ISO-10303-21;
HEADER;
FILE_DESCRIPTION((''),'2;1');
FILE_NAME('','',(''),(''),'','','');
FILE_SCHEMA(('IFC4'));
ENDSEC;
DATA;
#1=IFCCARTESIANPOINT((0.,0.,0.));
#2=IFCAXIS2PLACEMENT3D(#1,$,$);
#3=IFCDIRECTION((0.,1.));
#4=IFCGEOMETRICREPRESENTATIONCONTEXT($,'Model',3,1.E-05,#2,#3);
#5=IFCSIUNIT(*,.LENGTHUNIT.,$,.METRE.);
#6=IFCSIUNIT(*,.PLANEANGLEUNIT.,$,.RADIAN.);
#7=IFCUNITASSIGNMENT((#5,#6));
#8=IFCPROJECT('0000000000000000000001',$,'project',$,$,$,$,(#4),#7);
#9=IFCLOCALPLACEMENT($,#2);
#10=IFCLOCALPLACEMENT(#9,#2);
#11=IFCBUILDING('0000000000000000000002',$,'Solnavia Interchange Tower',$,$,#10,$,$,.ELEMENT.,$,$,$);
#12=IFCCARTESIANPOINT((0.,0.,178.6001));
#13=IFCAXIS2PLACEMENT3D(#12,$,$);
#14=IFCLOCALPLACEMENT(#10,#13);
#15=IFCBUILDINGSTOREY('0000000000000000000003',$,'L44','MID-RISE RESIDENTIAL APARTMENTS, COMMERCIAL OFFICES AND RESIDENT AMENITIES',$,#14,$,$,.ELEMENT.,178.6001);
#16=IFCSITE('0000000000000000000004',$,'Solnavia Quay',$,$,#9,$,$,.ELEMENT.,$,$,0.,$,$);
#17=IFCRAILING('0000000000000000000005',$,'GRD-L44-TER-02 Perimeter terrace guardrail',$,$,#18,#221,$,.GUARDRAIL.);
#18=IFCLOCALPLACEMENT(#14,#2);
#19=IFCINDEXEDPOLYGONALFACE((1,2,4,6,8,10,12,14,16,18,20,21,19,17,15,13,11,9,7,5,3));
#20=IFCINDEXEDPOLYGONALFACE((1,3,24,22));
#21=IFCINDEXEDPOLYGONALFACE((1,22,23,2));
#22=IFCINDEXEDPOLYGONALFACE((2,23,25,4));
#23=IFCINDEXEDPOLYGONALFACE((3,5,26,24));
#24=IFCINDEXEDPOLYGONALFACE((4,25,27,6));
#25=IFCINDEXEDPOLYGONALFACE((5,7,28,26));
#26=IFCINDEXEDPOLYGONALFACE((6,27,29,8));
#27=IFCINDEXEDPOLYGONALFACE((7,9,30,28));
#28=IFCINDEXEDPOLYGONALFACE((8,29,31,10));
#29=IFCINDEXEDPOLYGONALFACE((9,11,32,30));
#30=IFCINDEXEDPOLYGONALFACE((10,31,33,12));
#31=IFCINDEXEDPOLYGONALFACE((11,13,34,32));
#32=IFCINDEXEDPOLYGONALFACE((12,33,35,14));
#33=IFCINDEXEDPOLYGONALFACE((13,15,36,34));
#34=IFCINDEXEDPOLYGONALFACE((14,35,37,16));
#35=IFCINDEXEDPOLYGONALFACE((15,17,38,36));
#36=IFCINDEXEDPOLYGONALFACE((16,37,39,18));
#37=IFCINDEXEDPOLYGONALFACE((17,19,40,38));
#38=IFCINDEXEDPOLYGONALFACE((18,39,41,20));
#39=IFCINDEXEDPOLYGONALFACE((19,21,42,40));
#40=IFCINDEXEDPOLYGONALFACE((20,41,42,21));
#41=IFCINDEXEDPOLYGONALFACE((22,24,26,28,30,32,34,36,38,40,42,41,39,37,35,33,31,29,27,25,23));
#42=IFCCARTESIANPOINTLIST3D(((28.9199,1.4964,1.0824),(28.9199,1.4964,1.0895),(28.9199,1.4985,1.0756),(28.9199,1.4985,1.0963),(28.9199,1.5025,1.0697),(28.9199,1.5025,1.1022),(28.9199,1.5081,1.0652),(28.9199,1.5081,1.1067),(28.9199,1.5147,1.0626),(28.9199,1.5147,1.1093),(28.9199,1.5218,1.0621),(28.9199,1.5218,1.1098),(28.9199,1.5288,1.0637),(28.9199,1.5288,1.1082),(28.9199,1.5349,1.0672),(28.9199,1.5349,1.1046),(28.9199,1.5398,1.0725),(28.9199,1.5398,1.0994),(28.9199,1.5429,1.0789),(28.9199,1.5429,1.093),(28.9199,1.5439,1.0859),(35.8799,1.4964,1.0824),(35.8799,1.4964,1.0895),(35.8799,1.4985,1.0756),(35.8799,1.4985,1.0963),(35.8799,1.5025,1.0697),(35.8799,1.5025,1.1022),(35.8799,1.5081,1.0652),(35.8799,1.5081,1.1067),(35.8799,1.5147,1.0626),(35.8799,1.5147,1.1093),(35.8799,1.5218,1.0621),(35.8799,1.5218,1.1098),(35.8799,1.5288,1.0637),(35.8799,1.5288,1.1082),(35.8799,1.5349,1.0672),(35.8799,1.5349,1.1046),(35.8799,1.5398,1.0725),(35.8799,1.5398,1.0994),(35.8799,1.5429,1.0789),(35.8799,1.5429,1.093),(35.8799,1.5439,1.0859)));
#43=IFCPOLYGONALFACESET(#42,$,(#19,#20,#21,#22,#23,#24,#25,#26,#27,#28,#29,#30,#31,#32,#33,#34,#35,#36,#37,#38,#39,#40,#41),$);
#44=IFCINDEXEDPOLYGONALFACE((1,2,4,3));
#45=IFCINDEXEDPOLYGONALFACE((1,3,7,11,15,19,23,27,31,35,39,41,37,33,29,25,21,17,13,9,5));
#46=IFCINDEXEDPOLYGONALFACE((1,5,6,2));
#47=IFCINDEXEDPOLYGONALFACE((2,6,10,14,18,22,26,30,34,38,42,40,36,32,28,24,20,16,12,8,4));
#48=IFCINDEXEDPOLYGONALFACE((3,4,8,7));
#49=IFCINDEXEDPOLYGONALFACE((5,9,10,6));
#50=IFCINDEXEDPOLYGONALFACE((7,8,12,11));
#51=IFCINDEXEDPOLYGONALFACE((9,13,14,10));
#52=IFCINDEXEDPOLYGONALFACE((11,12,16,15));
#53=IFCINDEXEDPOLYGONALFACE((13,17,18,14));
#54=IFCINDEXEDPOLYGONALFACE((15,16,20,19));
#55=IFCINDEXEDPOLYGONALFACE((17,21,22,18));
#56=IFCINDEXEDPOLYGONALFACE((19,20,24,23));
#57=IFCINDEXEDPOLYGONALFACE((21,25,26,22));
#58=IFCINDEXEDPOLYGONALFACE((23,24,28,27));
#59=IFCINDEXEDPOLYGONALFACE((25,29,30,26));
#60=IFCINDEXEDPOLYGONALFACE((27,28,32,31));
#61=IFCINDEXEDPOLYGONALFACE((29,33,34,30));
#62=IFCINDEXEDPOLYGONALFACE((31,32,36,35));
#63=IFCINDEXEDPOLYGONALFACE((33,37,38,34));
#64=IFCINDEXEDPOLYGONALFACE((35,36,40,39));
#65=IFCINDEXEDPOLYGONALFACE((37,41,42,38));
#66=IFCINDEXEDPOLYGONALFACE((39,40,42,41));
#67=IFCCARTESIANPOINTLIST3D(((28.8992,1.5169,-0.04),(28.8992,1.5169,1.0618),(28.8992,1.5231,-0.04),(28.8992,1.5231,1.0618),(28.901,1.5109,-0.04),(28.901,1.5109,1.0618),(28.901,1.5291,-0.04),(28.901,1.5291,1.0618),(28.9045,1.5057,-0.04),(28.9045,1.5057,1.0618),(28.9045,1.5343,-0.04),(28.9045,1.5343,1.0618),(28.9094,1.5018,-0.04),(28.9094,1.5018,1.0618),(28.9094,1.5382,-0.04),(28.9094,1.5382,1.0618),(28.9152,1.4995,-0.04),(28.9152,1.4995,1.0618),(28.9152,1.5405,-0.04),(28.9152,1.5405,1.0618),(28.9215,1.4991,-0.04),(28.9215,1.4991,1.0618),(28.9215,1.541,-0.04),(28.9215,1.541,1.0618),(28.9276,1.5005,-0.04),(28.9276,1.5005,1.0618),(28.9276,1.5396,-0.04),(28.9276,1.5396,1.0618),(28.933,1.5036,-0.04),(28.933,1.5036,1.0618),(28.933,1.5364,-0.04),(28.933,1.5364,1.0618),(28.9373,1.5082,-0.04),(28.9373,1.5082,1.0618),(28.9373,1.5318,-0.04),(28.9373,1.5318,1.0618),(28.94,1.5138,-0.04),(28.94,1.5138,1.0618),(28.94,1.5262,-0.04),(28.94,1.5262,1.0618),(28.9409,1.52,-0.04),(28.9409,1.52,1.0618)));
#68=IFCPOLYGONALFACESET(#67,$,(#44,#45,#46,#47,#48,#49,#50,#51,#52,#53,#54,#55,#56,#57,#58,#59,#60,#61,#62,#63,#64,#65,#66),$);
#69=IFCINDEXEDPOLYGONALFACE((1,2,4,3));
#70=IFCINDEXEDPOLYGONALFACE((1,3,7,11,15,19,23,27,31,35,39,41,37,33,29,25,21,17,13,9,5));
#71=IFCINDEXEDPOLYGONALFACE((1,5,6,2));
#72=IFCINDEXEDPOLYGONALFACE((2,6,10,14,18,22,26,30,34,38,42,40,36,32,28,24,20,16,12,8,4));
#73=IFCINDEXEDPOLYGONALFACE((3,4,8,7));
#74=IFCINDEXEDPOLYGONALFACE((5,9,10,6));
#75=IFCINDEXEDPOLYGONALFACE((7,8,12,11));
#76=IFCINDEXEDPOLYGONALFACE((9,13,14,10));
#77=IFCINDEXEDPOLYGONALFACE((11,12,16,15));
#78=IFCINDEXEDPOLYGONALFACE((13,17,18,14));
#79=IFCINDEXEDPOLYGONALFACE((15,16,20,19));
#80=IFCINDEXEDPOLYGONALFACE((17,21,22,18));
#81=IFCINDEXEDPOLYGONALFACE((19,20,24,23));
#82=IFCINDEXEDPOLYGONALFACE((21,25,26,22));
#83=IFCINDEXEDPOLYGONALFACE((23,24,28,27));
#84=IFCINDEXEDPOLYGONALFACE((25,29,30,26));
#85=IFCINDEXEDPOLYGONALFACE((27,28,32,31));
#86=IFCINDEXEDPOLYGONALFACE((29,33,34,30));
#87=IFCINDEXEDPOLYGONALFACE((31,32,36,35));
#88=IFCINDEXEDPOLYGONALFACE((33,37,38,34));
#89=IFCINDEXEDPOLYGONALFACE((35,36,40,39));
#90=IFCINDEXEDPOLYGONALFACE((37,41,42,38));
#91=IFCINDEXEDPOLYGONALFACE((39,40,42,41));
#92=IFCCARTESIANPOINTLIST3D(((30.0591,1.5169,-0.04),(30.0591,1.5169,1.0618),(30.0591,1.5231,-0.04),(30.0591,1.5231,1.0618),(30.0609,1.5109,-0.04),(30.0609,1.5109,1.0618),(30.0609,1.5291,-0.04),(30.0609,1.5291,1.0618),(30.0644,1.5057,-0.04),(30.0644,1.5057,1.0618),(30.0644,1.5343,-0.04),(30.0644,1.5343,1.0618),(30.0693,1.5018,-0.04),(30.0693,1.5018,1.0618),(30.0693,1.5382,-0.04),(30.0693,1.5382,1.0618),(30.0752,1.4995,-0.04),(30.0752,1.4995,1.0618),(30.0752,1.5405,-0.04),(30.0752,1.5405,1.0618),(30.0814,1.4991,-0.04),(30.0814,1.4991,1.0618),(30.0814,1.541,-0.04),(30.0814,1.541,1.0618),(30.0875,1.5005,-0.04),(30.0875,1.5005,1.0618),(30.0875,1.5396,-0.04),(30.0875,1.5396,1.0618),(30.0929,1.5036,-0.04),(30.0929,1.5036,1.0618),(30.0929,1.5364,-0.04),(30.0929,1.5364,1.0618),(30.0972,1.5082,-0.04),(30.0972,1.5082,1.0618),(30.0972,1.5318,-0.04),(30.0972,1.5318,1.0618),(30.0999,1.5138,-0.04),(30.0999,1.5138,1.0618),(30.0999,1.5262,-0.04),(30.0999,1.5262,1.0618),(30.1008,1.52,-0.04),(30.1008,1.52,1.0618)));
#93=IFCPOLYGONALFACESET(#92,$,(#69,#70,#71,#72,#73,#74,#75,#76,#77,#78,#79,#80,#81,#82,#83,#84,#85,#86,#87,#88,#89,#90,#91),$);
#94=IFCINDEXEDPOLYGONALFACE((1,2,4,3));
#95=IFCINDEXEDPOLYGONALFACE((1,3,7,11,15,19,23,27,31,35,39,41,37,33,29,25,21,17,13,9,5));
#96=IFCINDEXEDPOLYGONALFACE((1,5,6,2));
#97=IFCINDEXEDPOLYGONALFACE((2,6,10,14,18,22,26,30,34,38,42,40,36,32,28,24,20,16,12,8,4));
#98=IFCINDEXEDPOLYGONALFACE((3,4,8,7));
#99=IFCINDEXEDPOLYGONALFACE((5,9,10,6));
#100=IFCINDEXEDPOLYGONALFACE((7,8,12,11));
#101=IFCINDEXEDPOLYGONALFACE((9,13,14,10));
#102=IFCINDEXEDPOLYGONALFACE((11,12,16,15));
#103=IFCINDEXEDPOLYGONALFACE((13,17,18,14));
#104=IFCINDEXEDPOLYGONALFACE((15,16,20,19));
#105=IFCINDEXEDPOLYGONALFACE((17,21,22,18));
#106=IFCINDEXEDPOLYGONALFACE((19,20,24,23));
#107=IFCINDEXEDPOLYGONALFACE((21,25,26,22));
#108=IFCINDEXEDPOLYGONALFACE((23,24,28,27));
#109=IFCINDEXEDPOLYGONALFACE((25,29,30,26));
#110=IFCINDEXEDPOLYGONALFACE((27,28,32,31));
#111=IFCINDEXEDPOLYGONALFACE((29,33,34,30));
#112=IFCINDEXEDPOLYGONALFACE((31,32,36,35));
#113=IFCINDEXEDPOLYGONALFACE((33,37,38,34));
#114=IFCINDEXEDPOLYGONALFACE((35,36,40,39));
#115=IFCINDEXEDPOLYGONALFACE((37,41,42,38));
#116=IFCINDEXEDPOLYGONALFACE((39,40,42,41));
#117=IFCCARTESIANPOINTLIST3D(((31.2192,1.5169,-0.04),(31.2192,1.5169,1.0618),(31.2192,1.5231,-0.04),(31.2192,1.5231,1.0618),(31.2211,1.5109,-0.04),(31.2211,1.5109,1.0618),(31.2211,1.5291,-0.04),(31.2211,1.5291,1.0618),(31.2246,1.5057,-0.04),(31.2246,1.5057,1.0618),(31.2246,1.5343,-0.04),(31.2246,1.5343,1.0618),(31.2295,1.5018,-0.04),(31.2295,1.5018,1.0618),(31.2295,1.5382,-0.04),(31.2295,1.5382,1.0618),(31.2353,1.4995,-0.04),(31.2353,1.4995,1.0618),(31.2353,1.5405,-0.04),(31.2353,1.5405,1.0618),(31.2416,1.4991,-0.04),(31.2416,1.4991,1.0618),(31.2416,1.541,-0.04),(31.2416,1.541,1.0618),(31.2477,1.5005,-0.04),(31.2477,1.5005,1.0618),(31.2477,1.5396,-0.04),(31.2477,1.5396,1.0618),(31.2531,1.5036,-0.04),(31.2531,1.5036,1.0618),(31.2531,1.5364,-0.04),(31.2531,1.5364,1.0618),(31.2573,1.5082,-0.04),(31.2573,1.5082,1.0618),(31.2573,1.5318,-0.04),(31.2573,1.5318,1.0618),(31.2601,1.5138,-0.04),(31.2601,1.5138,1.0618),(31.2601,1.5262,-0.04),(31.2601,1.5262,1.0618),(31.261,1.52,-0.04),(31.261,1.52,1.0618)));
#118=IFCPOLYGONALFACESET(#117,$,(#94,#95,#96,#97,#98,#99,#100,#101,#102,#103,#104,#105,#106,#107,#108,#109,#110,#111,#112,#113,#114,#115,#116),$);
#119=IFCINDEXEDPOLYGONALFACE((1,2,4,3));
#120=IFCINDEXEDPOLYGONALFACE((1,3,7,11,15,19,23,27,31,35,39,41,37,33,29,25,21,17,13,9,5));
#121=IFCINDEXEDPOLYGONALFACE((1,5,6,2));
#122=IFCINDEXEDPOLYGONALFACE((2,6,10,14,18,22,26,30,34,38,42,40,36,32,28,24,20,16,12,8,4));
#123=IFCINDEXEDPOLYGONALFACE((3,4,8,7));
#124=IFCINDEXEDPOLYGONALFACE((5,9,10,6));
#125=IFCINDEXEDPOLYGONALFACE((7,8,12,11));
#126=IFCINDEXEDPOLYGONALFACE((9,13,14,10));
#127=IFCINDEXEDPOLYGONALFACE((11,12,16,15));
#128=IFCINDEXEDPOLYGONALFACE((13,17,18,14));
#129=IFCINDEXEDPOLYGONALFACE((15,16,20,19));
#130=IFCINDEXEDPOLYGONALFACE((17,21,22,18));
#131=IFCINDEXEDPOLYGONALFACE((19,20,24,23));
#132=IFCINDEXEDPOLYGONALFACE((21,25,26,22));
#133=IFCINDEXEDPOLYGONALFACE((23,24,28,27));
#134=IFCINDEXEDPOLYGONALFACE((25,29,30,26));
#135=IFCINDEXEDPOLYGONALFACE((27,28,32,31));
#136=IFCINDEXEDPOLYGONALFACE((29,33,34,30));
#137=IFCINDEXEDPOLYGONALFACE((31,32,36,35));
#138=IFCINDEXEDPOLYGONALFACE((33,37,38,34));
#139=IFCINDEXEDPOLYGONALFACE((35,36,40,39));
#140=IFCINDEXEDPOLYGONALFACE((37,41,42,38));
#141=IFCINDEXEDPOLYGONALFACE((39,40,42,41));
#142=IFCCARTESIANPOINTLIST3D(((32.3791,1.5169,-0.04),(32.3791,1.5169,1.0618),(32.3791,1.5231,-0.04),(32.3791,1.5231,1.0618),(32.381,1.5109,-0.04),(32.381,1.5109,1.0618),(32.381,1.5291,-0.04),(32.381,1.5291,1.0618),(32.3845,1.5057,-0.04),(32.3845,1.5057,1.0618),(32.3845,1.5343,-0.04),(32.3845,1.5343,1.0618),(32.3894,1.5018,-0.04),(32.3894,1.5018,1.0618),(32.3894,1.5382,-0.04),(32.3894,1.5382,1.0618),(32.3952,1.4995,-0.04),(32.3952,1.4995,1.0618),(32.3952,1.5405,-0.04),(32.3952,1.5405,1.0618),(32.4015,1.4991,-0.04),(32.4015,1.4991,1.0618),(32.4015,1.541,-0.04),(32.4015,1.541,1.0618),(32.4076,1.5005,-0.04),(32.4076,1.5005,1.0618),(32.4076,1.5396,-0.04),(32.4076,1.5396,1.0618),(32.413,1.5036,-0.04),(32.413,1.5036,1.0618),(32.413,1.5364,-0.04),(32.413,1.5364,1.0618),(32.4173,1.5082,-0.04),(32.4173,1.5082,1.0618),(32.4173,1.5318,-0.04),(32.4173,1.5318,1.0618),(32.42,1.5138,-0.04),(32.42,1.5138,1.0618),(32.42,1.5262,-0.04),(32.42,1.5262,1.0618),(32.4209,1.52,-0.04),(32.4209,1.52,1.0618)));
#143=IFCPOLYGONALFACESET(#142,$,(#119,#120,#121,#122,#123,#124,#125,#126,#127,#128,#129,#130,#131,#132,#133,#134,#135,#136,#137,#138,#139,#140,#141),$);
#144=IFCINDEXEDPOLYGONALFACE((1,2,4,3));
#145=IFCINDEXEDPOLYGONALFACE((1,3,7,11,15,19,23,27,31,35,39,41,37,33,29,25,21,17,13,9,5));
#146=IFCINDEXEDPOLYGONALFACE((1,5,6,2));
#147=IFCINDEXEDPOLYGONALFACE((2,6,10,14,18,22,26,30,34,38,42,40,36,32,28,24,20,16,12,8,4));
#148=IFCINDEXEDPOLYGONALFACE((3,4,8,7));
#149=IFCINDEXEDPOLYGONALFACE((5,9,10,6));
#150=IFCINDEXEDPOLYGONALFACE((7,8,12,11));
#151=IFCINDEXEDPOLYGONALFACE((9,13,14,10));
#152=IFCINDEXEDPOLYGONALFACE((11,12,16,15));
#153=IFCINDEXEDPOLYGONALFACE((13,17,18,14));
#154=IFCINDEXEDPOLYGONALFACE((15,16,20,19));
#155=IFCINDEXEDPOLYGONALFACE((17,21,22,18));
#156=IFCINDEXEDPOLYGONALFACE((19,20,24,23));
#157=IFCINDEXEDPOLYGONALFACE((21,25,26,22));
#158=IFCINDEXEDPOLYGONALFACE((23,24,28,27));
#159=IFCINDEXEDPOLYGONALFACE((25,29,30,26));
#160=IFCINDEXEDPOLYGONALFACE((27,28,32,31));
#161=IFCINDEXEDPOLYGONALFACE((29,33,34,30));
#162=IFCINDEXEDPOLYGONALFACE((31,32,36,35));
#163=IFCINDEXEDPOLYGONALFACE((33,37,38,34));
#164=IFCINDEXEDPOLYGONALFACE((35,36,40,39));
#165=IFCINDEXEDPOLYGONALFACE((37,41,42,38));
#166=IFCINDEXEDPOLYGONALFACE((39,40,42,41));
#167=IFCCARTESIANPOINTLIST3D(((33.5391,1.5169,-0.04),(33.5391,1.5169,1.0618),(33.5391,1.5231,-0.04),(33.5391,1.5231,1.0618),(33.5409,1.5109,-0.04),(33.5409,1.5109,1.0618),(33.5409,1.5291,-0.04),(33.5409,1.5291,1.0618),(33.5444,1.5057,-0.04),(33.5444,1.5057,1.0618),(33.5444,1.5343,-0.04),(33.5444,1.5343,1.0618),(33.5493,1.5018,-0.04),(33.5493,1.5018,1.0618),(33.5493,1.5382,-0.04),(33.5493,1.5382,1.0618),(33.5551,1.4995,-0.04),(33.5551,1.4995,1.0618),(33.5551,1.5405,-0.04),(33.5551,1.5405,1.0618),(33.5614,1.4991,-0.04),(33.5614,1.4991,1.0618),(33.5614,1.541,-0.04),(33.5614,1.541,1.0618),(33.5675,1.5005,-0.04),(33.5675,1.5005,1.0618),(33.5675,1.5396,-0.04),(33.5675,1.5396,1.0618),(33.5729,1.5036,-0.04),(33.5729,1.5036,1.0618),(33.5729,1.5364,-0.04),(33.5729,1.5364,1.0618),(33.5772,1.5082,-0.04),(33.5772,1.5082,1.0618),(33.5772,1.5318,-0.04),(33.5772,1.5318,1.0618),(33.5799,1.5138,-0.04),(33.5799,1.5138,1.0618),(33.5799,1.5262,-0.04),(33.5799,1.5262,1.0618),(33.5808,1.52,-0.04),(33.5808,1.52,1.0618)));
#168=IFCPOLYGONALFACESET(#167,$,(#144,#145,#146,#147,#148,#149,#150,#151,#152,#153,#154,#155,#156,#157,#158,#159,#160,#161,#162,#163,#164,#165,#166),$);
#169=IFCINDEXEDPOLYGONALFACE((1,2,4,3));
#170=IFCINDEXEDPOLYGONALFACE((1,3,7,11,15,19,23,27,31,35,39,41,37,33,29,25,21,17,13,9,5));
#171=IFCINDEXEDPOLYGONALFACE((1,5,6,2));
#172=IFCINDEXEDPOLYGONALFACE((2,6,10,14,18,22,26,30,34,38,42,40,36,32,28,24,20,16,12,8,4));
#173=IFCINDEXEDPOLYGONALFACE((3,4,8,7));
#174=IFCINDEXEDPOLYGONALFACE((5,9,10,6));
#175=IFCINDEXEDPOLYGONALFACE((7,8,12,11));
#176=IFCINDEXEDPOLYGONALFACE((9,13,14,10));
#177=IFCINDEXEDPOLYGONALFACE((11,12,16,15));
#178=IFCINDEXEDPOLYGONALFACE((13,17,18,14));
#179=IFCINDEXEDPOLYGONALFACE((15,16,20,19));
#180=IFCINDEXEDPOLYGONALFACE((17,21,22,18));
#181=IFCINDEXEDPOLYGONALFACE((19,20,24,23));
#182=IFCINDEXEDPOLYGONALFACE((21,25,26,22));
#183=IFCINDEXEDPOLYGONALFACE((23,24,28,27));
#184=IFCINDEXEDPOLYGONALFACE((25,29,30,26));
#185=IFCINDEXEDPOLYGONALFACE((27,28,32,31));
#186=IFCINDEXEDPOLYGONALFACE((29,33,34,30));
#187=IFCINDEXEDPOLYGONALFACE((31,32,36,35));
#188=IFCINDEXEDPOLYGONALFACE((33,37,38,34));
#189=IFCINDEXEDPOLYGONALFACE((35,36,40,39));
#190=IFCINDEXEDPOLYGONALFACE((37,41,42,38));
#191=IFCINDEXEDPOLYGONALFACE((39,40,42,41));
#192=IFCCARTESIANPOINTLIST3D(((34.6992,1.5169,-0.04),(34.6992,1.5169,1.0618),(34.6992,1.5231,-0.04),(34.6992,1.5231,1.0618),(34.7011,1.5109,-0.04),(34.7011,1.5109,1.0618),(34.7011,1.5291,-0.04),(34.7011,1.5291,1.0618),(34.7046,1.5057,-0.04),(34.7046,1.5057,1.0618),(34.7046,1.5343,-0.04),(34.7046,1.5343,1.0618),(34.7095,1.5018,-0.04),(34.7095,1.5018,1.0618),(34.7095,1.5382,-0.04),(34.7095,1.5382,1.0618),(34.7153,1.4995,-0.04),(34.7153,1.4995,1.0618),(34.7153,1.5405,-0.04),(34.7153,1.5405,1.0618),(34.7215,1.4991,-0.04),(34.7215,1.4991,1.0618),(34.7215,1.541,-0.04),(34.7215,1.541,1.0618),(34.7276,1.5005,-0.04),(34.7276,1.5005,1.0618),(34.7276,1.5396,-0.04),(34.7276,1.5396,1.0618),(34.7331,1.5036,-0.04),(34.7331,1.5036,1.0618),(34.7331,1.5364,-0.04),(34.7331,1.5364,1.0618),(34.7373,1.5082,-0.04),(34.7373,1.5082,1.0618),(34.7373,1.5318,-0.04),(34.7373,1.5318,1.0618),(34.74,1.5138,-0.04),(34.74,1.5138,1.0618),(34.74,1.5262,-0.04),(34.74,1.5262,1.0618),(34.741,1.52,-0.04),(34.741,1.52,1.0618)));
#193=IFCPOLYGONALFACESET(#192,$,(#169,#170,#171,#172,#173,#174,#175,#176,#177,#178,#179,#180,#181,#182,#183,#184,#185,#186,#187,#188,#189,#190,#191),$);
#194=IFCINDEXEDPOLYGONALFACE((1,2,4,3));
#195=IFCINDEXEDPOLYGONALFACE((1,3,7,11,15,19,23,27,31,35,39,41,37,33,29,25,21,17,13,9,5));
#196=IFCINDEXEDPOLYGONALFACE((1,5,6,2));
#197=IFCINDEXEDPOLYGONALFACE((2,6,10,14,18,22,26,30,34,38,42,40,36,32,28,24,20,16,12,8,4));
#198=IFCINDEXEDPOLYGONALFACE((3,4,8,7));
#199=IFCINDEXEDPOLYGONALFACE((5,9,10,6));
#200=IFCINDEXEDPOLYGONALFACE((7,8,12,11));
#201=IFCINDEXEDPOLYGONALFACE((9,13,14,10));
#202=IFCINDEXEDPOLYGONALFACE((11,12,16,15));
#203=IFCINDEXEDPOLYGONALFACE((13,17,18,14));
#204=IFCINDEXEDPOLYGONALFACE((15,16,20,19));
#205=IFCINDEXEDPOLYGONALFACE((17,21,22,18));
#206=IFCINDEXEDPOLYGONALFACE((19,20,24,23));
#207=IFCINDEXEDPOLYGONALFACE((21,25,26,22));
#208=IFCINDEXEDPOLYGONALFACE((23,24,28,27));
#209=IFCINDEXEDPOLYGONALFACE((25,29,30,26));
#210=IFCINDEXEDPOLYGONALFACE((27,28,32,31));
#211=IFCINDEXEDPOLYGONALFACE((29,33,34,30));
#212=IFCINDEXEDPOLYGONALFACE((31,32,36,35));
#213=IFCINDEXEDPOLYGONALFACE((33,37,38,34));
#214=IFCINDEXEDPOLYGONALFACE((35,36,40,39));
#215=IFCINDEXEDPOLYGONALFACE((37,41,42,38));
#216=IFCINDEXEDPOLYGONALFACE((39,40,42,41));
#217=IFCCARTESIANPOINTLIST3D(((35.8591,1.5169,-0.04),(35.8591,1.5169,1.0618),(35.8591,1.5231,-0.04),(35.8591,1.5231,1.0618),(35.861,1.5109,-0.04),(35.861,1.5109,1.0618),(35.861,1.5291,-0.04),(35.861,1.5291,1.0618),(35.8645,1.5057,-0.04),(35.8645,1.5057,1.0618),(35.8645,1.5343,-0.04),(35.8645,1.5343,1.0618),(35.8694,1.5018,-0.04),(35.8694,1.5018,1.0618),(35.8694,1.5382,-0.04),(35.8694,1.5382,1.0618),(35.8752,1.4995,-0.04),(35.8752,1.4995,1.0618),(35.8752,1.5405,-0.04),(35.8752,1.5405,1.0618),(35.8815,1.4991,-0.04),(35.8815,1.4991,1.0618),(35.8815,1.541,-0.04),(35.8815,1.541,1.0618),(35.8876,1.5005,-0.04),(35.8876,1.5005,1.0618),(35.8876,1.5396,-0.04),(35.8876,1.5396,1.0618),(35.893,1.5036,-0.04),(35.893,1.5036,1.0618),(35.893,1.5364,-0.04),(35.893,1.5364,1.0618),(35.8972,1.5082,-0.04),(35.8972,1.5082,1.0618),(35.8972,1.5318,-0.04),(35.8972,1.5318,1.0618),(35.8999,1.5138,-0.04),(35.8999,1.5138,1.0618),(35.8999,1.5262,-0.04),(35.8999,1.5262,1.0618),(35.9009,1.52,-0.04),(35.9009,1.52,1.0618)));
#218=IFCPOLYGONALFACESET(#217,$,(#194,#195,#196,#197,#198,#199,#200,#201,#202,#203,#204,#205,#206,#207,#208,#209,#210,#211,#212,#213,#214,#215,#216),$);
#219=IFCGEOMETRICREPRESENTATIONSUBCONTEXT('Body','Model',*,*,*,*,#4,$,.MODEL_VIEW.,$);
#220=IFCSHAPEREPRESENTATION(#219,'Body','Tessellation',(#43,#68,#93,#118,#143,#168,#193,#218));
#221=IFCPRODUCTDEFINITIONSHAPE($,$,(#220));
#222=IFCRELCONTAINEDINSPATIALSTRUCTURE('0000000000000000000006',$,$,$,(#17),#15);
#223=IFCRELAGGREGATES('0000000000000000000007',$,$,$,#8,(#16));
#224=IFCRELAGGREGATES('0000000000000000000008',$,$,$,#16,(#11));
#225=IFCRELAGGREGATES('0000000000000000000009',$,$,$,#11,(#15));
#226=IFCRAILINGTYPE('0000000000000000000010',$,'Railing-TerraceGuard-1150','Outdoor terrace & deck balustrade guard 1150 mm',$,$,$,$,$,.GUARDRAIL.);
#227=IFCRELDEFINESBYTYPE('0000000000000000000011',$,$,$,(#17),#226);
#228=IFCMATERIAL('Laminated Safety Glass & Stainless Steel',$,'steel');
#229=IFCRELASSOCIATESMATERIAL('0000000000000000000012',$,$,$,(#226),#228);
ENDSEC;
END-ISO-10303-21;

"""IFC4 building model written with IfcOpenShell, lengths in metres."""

from ifc_helpers import new_model, si_unit, direction, frame, origin, origin_2d, place, context, subcontext, project, spatial, circle, extrude, material, type_object, element, save


model = new_model("IFC4")

# Units and contexts
model_context = context("Model", 3, precision=1e-05, world=origin(), true_north=direction((0.0, 1.0)))
body_context = subcontext(model_context, "Body", "Model", "MODEL_VIEW")
ifc_project = project(units=[si_unit("LENGTHUNIT", "METRE"), si_unit("PLANEANGLEUNIT", "RADIAN")], contexts=[model_context])

# Site, building, storey
site_placement = place(None, origin())
site = spatial("IfcSite", under=ifc_project, at=site_placement, Name="Solnavia Quay", CompositionType="ELEMENT", RefElevation=0.0)
building_placement = place(site_placement, origin())
building = spatial("IfcBuilding", under=site, at=building_placement, Name="Solnavia Interchange Tower", CompositionType="ELEMENT")
storey_placement = place(building_placement, frame((0.0, 0.0, 178.6001)))
storey = spatial("IfcBuildingStorey", under=building, at=storey_placement, Name="L44", Description="MID-RISE RESIDENTIAL APARTMENTS, COMMERCIAL OFFICES AND RESIDENT AMENITIES", CompositionType="ELEMENT", Elevation=178.6001)

# Railing
ifc_material_1 = material(Name="Laminated Safety Glass & Stainless Steel", Category="steel")
railing_type_1 = type_object("IfcRailingType", Name="Railing-TerraceGuard-1150", Description="Outdoor terrace & deck balustrade guard 1150 mm", PredefinedType="GUARDRAIL", material=ifc_material_1)
railing_1_placement = place(storey_placement, frame((28.9199, 1.52, -0.04)))
element("IfcRailing", 1, at=railing_1_placement, inside=storey, type_object=railing_type_1, Name="GRD-L44-TER-02 Perimeter terrace guardrail", PredefinedType="GUARDRAIL", context=body_context, shape_type="SweptSolid", body=[
    extrude(circle(Radius=0.0239, at=origin_2d()), frame((0.0, 0.0, 1.126), z_axis=(1.0, 0.0, 0.0), x_axis=(0.0, 1.0, 0.0)), (0.0, 0.0, 1.0), 6.96),
    extrude(circle(Radius=0.021, at=origin_2d()), origin(), (0.0, 0.0, 1.0), 1.1018),
    extrude(circle(Radius=0.021, at=origin_2d()), frame((1.1599, 0.0, 0.0)), (0.0, 0.0, 1.0), 1.1018),
    extrude(circle(Radius=0.021, at=origin_2d()), frame((2.3201, 0.0, 0.0)), (0.0, 0.0, 1.0), 1.1018),
    extrude(circle(Radius=0.021, at=origin_2d()), frame((3.48, 0.0, 0.0)), (0.0, 0.0, 1.0), 1.1018),
    extrude(circle(Radius=0.021, at=origin_2d()), frame((4.6399, 0.0, 0.0)), (0.0, 0.0, 1.0), 1.1018),
    extrude(circle(Radius=0.021, at=origin_2d()), frame((5.8, 0.0, 0.0)), (0.0, 0.0, 1.0), 1.1018),
    extrude(circle(Radius=0.021, at=origin_2d()), frame((6.96, 0.0, 0.0)), (0.0, 0.0, 1.0), 1.1018),
])

save(model, "model.ifc")
